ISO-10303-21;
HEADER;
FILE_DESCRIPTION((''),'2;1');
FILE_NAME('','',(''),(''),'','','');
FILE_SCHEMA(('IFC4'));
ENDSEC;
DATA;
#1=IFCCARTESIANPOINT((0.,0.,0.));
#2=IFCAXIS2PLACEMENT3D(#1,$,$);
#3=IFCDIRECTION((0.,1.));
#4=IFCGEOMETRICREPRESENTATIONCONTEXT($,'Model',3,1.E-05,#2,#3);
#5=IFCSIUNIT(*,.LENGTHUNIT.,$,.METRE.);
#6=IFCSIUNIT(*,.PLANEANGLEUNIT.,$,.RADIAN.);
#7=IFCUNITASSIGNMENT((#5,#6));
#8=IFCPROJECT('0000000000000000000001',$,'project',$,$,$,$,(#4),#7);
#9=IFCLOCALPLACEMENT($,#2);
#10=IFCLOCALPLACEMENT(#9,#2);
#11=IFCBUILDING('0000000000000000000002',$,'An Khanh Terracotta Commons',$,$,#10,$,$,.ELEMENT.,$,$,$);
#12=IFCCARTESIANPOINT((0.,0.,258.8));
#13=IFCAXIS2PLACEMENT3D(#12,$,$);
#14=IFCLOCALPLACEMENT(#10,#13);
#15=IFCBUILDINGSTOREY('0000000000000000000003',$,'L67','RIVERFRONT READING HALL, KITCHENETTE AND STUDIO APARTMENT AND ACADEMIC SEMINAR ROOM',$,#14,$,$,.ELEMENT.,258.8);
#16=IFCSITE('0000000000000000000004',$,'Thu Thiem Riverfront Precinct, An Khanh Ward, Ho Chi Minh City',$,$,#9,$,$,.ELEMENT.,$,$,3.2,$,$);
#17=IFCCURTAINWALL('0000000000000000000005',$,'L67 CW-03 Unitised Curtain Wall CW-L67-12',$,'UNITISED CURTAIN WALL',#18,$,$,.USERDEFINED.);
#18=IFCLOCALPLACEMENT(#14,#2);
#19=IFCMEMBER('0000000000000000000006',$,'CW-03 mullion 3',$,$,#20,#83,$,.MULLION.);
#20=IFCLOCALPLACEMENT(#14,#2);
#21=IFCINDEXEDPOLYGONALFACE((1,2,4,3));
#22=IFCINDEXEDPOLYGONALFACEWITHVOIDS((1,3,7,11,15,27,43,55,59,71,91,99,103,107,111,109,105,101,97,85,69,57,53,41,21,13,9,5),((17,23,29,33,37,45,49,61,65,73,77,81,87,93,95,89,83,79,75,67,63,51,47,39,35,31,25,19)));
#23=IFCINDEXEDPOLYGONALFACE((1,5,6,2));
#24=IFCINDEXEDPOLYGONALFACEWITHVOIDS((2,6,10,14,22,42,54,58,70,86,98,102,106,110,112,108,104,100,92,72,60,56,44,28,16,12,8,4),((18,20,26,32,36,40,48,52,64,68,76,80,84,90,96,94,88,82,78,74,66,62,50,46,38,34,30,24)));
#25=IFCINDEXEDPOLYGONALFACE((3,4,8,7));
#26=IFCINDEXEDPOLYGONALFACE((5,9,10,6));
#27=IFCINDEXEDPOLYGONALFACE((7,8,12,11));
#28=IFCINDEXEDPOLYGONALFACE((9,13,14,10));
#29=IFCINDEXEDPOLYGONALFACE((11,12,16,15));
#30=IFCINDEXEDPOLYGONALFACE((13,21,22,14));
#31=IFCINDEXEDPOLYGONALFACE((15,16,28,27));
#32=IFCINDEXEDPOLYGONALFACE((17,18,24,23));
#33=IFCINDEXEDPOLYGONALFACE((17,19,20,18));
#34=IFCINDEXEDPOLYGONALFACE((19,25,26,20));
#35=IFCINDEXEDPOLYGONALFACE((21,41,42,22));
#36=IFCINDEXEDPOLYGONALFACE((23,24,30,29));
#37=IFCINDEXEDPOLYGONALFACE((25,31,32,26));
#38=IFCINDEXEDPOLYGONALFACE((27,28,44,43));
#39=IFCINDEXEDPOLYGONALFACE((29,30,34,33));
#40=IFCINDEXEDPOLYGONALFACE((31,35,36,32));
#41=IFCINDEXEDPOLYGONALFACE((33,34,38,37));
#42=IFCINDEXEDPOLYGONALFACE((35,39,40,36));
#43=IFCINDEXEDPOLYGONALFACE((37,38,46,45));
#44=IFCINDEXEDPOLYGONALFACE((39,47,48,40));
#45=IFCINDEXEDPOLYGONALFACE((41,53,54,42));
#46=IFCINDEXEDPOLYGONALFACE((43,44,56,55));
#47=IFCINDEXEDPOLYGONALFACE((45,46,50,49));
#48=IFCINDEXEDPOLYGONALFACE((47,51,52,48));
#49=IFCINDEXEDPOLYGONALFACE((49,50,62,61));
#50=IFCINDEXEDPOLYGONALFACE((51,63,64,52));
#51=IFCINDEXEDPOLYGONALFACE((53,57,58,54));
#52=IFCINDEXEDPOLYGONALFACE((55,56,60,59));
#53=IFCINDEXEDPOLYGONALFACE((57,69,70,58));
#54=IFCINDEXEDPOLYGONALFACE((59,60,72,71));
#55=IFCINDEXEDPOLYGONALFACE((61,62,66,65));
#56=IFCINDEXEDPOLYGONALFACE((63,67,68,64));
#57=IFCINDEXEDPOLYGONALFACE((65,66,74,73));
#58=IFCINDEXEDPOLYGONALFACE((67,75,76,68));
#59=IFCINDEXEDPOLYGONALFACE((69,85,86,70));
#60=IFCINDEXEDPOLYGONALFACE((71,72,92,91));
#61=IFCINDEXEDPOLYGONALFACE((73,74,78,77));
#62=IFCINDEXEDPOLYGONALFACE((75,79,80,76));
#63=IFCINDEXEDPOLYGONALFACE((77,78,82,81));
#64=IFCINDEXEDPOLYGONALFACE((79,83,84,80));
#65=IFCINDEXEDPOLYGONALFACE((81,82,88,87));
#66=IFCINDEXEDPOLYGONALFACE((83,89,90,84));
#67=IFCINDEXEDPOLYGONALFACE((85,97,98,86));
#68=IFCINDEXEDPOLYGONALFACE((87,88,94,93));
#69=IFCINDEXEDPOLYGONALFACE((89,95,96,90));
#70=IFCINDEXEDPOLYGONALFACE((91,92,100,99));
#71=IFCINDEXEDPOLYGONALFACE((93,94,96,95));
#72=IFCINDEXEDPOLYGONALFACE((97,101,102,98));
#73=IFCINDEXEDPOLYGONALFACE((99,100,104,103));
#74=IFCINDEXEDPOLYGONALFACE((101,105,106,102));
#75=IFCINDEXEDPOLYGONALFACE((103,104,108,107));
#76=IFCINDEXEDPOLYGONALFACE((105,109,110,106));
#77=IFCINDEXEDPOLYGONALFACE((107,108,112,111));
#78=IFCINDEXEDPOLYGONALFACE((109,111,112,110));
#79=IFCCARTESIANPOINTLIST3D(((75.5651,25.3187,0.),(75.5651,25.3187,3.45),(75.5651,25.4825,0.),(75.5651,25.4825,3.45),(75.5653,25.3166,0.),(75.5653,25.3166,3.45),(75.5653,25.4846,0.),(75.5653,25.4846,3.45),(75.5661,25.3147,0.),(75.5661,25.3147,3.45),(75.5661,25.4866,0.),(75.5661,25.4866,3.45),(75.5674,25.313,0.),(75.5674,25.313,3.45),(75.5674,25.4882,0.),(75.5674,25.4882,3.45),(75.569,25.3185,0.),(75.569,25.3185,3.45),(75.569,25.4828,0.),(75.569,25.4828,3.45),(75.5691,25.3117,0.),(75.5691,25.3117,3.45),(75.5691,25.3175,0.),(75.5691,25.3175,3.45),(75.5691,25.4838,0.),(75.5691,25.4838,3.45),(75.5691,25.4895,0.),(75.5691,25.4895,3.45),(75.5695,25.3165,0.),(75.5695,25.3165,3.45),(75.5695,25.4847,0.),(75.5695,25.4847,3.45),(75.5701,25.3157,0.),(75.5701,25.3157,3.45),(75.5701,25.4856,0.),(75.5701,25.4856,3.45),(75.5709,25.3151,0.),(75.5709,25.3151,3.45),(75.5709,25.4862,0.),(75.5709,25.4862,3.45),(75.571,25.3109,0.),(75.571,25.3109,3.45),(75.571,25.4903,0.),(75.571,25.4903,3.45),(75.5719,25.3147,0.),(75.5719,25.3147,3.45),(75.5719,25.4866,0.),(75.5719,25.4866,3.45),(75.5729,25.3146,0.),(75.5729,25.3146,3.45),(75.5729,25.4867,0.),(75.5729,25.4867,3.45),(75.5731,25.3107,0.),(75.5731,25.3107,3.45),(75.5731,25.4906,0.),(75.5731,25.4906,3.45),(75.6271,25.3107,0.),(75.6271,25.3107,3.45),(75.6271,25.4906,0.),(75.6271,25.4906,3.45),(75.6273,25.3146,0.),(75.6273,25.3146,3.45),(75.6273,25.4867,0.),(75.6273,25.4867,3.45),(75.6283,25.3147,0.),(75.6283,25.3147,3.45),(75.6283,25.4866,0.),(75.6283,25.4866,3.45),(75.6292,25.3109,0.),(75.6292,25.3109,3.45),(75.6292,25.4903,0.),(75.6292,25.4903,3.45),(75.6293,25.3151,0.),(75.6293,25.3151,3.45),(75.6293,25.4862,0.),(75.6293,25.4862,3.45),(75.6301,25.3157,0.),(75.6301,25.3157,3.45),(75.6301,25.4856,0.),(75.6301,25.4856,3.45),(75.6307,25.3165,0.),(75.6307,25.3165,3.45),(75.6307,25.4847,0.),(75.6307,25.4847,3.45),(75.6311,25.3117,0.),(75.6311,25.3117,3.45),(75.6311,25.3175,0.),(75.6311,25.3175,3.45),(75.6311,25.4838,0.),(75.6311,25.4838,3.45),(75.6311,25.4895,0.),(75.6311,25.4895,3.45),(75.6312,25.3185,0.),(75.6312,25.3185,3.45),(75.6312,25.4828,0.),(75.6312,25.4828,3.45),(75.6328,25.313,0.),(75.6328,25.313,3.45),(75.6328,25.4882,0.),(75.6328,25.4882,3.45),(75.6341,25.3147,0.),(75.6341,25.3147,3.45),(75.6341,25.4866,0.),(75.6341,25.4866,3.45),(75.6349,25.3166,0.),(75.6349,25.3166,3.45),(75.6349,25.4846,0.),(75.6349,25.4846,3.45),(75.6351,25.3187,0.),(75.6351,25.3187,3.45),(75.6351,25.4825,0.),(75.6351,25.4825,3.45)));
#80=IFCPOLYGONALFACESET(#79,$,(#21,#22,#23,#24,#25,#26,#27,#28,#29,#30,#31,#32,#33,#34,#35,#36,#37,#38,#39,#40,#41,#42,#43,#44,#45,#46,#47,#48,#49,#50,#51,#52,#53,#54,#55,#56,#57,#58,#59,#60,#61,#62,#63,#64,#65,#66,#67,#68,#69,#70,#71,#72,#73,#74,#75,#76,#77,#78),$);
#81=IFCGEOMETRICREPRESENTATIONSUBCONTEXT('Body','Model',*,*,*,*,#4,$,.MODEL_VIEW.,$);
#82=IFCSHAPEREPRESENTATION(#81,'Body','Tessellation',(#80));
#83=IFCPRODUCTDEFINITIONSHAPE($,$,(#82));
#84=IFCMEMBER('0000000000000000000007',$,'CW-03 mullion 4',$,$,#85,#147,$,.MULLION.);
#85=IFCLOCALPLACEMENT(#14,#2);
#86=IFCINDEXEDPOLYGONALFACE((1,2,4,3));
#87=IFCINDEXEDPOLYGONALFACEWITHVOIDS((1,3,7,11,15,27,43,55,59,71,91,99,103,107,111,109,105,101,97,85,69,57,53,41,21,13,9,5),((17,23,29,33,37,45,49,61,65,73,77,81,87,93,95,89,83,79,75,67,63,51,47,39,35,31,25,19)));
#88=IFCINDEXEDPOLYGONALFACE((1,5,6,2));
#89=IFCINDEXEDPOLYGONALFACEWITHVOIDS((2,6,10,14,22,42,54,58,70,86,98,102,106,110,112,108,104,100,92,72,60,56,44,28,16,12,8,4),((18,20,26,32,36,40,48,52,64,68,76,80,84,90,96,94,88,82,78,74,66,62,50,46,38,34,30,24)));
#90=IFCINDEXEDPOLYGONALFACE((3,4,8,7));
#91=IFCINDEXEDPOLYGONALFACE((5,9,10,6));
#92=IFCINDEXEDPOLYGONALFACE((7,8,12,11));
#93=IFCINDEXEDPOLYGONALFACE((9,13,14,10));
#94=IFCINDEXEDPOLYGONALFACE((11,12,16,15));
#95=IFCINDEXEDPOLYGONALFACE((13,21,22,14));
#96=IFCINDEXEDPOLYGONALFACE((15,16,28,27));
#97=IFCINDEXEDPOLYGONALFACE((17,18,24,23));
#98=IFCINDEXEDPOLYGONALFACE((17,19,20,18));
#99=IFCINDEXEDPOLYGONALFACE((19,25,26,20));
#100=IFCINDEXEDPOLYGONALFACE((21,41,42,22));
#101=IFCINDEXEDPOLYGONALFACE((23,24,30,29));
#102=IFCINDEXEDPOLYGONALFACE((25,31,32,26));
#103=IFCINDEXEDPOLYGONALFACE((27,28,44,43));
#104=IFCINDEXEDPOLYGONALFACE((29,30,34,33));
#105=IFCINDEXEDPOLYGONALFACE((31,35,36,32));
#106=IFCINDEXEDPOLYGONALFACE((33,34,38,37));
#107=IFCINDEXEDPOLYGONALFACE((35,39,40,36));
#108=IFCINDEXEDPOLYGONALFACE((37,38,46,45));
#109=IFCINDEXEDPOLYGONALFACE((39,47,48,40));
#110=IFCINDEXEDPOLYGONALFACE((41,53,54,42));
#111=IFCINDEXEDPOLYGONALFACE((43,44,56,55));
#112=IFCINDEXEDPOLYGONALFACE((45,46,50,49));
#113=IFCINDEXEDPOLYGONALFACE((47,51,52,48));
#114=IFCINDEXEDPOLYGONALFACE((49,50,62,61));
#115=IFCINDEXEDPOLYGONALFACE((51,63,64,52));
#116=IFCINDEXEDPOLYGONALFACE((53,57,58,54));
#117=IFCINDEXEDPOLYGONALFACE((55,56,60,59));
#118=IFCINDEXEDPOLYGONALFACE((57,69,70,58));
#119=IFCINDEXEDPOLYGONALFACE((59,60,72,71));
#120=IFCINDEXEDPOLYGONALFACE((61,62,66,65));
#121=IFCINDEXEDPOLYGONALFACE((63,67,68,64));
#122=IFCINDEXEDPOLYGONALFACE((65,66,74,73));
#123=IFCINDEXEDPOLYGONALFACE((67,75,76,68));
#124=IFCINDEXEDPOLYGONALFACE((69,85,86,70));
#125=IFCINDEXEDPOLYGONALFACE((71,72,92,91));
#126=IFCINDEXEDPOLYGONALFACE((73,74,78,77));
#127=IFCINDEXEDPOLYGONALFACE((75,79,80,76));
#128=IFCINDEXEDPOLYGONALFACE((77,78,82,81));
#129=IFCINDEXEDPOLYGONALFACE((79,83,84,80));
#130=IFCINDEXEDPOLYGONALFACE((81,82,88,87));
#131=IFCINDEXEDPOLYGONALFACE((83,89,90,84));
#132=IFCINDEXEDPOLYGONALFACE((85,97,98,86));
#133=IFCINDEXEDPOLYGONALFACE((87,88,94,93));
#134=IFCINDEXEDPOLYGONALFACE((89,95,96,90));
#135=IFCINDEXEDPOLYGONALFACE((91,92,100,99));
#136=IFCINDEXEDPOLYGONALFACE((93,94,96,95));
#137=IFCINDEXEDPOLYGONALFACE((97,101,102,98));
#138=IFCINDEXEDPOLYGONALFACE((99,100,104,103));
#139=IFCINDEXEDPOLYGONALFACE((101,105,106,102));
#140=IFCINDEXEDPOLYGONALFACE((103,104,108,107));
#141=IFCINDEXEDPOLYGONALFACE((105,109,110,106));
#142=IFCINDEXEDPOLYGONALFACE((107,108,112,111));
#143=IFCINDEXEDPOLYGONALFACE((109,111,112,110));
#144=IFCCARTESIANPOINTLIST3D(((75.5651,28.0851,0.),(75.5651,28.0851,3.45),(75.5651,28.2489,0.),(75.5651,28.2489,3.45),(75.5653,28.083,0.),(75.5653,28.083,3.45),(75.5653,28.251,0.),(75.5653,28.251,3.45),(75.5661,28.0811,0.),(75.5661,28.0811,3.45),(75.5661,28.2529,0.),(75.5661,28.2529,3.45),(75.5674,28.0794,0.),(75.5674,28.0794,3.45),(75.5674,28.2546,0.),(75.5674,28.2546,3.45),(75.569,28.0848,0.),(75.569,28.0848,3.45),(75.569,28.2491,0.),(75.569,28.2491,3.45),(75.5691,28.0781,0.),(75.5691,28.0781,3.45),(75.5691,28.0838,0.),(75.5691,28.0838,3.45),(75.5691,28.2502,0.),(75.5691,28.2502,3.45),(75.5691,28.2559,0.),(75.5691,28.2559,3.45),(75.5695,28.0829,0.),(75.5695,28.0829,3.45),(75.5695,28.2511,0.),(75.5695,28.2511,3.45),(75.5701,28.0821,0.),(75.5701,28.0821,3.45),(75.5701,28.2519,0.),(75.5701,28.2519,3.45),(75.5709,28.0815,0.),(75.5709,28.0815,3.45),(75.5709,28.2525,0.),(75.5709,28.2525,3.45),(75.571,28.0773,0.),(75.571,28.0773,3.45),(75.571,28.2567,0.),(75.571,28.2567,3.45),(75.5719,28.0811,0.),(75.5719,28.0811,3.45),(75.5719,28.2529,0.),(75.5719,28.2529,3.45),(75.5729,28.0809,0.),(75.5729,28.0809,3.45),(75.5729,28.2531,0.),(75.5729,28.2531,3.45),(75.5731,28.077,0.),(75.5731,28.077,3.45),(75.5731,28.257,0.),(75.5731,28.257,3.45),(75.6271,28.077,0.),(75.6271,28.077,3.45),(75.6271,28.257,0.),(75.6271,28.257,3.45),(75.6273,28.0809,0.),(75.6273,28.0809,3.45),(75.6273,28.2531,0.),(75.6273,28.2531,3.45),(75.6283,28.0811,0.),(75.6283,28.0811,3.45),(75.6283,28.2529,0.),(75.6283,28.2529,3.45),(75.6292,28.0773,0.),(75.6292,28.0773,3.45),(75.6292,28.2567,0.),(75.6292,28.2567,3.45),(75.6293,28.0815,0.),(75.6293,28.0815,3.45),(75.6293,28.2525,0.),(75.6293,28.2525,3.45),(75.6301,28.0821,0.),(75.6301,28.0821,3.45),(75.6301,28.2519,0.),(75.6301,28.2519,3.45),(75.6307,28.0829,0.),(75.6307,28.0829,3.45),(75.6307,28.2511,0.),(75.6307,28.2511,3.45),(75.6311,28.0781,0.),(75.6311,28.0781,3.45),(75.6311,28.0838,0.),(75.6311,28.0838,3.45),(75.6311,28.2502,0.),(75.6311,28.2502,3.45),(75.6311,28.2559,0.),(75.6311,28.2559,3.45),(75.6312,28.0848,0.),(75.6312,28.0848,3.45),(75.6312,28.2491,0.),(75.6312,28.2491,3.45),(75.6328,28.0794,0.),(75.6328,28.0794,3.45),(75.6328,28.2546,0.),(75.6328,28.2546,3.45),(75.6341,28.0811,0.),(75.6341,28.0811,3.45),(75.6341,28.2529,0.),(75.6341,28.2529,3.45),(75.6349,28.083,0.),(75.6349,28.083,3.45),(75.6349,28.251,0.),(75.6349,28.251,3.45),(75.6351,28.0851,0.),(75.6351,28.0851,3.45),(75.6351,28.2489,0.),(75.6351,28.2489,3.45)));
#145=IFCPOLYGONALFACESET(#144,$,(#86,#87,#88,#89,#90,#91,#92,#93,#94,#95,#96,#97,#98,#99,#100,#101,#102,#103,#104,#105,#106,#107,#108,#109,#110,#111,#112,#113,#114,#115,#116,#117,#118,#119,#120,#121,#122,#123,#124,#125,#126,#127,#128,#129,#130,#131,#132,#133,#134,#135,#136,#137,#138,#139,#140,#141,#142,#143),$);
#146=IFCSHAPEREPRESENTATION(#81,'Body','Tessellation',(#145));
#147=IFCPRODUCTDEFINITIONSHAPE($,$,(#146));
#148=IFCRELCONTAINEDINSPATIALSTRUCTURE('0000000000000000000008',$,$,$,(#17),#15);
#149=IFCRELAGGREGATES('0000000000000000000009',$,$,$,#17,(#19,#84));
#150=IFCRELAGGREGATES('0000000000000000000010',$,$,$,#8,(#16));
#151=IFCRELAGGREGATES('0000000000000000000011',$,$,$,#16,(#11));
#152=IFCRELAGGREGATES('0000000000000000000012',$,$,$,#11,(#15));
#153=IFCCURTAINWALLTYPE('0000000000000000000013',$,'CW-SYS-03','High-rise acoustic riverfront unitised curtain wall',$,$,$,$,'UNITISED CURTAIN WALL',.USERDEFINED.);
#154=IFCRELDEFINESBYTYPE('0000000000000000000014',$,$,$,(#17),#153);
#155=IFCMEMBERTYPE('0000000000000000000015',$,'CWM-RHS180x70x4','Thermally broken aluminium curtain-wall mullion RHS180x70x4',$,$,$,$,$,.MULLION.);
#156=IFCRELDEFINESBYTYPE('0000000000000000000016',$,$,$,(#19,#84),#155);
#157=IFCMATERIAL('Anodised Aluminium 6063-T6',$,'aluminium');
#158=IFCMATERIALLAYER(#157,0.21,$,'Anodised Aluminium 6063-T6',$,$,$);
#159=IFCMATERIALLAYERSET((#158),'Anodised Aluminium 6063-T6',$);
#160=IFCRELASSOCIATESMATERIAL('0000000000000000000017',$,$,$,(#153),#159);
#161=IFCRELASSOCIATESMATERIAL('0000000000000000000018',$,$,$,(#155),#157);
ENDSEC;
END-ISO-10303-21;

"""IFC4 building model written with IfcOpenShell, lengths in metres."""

from ifc_helpers import new_model, si_unit, direction, frame, origin, origin_2d, place, context, subcontext, project, spatial, hollow_rectangle, extrude, material, layer, layer_set, material_profile, profile_set, type_object, element, aggregate, save


model = new_model("IFC4")

# Units and contexts
model_context = context("Model", 3, precision=1e-05, world=origin(), true_north=direction((0.0, 1.0)))
body_context = subcontext(model_context, "Body", "Model", "MODEL_VIEW")
ifc_project = project(units=[si_unit("LENGTHUNIT", "METRE"), si_unit("PLANEANGLEUNIT", "RADIAN")], contexts=[model_context])

# Site, building, storey
site_placement = place(None, origin())
site = spatial("IfcSite", under=ifc_project, at=site_placement, Name="Thu Thiem Riverfront Precinct, An Khanh Ward, Ho Chi Minh City", CompositionType="ELEMENT", RefElevation=3.2)
building_placement = place(site_placement, origin())
building = spatial("IfcBuilding", under=site, at=building_placement, Name="An Khanh Terracotta Commons", CompositionType="ELEMENT")
storey_placement = place(building_placement, frame((0.0, 0.0, 258.8)))
storey = spatial("IfcBuildingStorey", under=building, at=storey_placement, Name="L67", Description="RIVERFRONT READING HALL, KITCHENETTE AND STUDIO APARTMENT AND ACADEMIC SEMINAR ROOM", CompositionType="ELEMENT", Elevation=258.8)

# Curtain wall, members
ifc_material_1 = material(Name="Anodised Aluminium 6063-T6", Category="aluminium")
ifc_layer_1 = layer(ifc_material_1, 0.21, Name="Anodised Aluminium 6063-T6")
ifc_layer_set_1 = layer_set([ifc_layer_1], Name="Anodised Aluminium 6063-T6")
curtain_wall_type = type_object("IfcCurtainWallType", Name="CW-SYS-03", Description="High-rise acoustic riverfront unitised curtain wall", ElementType="UNITISED CURTAIN WALL", PredefinedType="USERDEFINED", material=ifc_layer_set_1)
curtain_wall_1_placement = place(storey_placement, origin())
curtain_wall_1 = element("IfcCurtainWall", 1, at=curtain_wall_1_placement, inside=storey, type_object=curtain_wall_type, Name="L67 CW-03 Unitised Curtain Wall CW-L67-12", ObjectType="UNITISED CURTAIN WALL", PredefinedType="USERDEFINED")
ifc_material_profile_1 = material_profile(ifc_material_1, hollow_rectangle(XDim=0.0701, YDim=0.1799, WallThickness=0.0039, InnerFilletRadius=0.0039, OuterFilletRadius=0.0081, at=origin_2d()), Name="RHS180x70x4")
ifc_profile_set_1 = profile_set([ifc_material_profile_1], Name="Anodised Aluminium 6063-T6")
member_type_1 = type_object("IfcMemberType", Name="CWM-RHS180x70x4", Description="Thermally broken aluminium curtain-wall mullion RHS180x70x4", PredefinedType="MULLION", material=ifc_profile_set_1)
member_1_placement = place(storey_placement, frame((75.6001, 25.4006, 0.0), z_axis=(0.0, 0.0, 1.0), x_axis=(-1.0, 0.0, 0.0)))
member_1 = element("IfcMember", 2, at=member_1_placement, type_object=member_type_1, Name="CW-03 mullion 3", PredefinedType="MULLION", context=body_context, shape_type="SweptSolid", body=[
    extrude(hollow_rectangle(XDim=0.0701, YDim=0.1799, WallThickness=0.0039, InnerFilletRadius=0.0039, OuterFilletRadius=0.0081, at=origin_2d()), origin(), (0.0, 0.0, 1.0), 3.45),
])
member_2_placement = place(storey_placement, frame((75.6001, 28.167, 0.0), z_axis=(0.0, 0.0, 1.0), x_axis=(-1.0, 0.0, 0.0)))
member_2 = element("IfcMember", 3, at=member_2_placement, type_object=member_type_1, Name="CW-03 mullion 4", PredefinedType="MULLION", context=body_context, shape_type="SweptSolid", body=[
    extrude(hollow_rectangle(XDim=0.0701, YDim=0.1799, WallThickness=0.0039, InnerFilletRadius=0.0039, OuterFilletRadius=0.0081, at=origin_2d()), origin(), (0.0, 0.0, 1.0), 3.45),
])

aggregate(curtain_wall_1, [member_1, member_2])

save(model, "model.ifc")
